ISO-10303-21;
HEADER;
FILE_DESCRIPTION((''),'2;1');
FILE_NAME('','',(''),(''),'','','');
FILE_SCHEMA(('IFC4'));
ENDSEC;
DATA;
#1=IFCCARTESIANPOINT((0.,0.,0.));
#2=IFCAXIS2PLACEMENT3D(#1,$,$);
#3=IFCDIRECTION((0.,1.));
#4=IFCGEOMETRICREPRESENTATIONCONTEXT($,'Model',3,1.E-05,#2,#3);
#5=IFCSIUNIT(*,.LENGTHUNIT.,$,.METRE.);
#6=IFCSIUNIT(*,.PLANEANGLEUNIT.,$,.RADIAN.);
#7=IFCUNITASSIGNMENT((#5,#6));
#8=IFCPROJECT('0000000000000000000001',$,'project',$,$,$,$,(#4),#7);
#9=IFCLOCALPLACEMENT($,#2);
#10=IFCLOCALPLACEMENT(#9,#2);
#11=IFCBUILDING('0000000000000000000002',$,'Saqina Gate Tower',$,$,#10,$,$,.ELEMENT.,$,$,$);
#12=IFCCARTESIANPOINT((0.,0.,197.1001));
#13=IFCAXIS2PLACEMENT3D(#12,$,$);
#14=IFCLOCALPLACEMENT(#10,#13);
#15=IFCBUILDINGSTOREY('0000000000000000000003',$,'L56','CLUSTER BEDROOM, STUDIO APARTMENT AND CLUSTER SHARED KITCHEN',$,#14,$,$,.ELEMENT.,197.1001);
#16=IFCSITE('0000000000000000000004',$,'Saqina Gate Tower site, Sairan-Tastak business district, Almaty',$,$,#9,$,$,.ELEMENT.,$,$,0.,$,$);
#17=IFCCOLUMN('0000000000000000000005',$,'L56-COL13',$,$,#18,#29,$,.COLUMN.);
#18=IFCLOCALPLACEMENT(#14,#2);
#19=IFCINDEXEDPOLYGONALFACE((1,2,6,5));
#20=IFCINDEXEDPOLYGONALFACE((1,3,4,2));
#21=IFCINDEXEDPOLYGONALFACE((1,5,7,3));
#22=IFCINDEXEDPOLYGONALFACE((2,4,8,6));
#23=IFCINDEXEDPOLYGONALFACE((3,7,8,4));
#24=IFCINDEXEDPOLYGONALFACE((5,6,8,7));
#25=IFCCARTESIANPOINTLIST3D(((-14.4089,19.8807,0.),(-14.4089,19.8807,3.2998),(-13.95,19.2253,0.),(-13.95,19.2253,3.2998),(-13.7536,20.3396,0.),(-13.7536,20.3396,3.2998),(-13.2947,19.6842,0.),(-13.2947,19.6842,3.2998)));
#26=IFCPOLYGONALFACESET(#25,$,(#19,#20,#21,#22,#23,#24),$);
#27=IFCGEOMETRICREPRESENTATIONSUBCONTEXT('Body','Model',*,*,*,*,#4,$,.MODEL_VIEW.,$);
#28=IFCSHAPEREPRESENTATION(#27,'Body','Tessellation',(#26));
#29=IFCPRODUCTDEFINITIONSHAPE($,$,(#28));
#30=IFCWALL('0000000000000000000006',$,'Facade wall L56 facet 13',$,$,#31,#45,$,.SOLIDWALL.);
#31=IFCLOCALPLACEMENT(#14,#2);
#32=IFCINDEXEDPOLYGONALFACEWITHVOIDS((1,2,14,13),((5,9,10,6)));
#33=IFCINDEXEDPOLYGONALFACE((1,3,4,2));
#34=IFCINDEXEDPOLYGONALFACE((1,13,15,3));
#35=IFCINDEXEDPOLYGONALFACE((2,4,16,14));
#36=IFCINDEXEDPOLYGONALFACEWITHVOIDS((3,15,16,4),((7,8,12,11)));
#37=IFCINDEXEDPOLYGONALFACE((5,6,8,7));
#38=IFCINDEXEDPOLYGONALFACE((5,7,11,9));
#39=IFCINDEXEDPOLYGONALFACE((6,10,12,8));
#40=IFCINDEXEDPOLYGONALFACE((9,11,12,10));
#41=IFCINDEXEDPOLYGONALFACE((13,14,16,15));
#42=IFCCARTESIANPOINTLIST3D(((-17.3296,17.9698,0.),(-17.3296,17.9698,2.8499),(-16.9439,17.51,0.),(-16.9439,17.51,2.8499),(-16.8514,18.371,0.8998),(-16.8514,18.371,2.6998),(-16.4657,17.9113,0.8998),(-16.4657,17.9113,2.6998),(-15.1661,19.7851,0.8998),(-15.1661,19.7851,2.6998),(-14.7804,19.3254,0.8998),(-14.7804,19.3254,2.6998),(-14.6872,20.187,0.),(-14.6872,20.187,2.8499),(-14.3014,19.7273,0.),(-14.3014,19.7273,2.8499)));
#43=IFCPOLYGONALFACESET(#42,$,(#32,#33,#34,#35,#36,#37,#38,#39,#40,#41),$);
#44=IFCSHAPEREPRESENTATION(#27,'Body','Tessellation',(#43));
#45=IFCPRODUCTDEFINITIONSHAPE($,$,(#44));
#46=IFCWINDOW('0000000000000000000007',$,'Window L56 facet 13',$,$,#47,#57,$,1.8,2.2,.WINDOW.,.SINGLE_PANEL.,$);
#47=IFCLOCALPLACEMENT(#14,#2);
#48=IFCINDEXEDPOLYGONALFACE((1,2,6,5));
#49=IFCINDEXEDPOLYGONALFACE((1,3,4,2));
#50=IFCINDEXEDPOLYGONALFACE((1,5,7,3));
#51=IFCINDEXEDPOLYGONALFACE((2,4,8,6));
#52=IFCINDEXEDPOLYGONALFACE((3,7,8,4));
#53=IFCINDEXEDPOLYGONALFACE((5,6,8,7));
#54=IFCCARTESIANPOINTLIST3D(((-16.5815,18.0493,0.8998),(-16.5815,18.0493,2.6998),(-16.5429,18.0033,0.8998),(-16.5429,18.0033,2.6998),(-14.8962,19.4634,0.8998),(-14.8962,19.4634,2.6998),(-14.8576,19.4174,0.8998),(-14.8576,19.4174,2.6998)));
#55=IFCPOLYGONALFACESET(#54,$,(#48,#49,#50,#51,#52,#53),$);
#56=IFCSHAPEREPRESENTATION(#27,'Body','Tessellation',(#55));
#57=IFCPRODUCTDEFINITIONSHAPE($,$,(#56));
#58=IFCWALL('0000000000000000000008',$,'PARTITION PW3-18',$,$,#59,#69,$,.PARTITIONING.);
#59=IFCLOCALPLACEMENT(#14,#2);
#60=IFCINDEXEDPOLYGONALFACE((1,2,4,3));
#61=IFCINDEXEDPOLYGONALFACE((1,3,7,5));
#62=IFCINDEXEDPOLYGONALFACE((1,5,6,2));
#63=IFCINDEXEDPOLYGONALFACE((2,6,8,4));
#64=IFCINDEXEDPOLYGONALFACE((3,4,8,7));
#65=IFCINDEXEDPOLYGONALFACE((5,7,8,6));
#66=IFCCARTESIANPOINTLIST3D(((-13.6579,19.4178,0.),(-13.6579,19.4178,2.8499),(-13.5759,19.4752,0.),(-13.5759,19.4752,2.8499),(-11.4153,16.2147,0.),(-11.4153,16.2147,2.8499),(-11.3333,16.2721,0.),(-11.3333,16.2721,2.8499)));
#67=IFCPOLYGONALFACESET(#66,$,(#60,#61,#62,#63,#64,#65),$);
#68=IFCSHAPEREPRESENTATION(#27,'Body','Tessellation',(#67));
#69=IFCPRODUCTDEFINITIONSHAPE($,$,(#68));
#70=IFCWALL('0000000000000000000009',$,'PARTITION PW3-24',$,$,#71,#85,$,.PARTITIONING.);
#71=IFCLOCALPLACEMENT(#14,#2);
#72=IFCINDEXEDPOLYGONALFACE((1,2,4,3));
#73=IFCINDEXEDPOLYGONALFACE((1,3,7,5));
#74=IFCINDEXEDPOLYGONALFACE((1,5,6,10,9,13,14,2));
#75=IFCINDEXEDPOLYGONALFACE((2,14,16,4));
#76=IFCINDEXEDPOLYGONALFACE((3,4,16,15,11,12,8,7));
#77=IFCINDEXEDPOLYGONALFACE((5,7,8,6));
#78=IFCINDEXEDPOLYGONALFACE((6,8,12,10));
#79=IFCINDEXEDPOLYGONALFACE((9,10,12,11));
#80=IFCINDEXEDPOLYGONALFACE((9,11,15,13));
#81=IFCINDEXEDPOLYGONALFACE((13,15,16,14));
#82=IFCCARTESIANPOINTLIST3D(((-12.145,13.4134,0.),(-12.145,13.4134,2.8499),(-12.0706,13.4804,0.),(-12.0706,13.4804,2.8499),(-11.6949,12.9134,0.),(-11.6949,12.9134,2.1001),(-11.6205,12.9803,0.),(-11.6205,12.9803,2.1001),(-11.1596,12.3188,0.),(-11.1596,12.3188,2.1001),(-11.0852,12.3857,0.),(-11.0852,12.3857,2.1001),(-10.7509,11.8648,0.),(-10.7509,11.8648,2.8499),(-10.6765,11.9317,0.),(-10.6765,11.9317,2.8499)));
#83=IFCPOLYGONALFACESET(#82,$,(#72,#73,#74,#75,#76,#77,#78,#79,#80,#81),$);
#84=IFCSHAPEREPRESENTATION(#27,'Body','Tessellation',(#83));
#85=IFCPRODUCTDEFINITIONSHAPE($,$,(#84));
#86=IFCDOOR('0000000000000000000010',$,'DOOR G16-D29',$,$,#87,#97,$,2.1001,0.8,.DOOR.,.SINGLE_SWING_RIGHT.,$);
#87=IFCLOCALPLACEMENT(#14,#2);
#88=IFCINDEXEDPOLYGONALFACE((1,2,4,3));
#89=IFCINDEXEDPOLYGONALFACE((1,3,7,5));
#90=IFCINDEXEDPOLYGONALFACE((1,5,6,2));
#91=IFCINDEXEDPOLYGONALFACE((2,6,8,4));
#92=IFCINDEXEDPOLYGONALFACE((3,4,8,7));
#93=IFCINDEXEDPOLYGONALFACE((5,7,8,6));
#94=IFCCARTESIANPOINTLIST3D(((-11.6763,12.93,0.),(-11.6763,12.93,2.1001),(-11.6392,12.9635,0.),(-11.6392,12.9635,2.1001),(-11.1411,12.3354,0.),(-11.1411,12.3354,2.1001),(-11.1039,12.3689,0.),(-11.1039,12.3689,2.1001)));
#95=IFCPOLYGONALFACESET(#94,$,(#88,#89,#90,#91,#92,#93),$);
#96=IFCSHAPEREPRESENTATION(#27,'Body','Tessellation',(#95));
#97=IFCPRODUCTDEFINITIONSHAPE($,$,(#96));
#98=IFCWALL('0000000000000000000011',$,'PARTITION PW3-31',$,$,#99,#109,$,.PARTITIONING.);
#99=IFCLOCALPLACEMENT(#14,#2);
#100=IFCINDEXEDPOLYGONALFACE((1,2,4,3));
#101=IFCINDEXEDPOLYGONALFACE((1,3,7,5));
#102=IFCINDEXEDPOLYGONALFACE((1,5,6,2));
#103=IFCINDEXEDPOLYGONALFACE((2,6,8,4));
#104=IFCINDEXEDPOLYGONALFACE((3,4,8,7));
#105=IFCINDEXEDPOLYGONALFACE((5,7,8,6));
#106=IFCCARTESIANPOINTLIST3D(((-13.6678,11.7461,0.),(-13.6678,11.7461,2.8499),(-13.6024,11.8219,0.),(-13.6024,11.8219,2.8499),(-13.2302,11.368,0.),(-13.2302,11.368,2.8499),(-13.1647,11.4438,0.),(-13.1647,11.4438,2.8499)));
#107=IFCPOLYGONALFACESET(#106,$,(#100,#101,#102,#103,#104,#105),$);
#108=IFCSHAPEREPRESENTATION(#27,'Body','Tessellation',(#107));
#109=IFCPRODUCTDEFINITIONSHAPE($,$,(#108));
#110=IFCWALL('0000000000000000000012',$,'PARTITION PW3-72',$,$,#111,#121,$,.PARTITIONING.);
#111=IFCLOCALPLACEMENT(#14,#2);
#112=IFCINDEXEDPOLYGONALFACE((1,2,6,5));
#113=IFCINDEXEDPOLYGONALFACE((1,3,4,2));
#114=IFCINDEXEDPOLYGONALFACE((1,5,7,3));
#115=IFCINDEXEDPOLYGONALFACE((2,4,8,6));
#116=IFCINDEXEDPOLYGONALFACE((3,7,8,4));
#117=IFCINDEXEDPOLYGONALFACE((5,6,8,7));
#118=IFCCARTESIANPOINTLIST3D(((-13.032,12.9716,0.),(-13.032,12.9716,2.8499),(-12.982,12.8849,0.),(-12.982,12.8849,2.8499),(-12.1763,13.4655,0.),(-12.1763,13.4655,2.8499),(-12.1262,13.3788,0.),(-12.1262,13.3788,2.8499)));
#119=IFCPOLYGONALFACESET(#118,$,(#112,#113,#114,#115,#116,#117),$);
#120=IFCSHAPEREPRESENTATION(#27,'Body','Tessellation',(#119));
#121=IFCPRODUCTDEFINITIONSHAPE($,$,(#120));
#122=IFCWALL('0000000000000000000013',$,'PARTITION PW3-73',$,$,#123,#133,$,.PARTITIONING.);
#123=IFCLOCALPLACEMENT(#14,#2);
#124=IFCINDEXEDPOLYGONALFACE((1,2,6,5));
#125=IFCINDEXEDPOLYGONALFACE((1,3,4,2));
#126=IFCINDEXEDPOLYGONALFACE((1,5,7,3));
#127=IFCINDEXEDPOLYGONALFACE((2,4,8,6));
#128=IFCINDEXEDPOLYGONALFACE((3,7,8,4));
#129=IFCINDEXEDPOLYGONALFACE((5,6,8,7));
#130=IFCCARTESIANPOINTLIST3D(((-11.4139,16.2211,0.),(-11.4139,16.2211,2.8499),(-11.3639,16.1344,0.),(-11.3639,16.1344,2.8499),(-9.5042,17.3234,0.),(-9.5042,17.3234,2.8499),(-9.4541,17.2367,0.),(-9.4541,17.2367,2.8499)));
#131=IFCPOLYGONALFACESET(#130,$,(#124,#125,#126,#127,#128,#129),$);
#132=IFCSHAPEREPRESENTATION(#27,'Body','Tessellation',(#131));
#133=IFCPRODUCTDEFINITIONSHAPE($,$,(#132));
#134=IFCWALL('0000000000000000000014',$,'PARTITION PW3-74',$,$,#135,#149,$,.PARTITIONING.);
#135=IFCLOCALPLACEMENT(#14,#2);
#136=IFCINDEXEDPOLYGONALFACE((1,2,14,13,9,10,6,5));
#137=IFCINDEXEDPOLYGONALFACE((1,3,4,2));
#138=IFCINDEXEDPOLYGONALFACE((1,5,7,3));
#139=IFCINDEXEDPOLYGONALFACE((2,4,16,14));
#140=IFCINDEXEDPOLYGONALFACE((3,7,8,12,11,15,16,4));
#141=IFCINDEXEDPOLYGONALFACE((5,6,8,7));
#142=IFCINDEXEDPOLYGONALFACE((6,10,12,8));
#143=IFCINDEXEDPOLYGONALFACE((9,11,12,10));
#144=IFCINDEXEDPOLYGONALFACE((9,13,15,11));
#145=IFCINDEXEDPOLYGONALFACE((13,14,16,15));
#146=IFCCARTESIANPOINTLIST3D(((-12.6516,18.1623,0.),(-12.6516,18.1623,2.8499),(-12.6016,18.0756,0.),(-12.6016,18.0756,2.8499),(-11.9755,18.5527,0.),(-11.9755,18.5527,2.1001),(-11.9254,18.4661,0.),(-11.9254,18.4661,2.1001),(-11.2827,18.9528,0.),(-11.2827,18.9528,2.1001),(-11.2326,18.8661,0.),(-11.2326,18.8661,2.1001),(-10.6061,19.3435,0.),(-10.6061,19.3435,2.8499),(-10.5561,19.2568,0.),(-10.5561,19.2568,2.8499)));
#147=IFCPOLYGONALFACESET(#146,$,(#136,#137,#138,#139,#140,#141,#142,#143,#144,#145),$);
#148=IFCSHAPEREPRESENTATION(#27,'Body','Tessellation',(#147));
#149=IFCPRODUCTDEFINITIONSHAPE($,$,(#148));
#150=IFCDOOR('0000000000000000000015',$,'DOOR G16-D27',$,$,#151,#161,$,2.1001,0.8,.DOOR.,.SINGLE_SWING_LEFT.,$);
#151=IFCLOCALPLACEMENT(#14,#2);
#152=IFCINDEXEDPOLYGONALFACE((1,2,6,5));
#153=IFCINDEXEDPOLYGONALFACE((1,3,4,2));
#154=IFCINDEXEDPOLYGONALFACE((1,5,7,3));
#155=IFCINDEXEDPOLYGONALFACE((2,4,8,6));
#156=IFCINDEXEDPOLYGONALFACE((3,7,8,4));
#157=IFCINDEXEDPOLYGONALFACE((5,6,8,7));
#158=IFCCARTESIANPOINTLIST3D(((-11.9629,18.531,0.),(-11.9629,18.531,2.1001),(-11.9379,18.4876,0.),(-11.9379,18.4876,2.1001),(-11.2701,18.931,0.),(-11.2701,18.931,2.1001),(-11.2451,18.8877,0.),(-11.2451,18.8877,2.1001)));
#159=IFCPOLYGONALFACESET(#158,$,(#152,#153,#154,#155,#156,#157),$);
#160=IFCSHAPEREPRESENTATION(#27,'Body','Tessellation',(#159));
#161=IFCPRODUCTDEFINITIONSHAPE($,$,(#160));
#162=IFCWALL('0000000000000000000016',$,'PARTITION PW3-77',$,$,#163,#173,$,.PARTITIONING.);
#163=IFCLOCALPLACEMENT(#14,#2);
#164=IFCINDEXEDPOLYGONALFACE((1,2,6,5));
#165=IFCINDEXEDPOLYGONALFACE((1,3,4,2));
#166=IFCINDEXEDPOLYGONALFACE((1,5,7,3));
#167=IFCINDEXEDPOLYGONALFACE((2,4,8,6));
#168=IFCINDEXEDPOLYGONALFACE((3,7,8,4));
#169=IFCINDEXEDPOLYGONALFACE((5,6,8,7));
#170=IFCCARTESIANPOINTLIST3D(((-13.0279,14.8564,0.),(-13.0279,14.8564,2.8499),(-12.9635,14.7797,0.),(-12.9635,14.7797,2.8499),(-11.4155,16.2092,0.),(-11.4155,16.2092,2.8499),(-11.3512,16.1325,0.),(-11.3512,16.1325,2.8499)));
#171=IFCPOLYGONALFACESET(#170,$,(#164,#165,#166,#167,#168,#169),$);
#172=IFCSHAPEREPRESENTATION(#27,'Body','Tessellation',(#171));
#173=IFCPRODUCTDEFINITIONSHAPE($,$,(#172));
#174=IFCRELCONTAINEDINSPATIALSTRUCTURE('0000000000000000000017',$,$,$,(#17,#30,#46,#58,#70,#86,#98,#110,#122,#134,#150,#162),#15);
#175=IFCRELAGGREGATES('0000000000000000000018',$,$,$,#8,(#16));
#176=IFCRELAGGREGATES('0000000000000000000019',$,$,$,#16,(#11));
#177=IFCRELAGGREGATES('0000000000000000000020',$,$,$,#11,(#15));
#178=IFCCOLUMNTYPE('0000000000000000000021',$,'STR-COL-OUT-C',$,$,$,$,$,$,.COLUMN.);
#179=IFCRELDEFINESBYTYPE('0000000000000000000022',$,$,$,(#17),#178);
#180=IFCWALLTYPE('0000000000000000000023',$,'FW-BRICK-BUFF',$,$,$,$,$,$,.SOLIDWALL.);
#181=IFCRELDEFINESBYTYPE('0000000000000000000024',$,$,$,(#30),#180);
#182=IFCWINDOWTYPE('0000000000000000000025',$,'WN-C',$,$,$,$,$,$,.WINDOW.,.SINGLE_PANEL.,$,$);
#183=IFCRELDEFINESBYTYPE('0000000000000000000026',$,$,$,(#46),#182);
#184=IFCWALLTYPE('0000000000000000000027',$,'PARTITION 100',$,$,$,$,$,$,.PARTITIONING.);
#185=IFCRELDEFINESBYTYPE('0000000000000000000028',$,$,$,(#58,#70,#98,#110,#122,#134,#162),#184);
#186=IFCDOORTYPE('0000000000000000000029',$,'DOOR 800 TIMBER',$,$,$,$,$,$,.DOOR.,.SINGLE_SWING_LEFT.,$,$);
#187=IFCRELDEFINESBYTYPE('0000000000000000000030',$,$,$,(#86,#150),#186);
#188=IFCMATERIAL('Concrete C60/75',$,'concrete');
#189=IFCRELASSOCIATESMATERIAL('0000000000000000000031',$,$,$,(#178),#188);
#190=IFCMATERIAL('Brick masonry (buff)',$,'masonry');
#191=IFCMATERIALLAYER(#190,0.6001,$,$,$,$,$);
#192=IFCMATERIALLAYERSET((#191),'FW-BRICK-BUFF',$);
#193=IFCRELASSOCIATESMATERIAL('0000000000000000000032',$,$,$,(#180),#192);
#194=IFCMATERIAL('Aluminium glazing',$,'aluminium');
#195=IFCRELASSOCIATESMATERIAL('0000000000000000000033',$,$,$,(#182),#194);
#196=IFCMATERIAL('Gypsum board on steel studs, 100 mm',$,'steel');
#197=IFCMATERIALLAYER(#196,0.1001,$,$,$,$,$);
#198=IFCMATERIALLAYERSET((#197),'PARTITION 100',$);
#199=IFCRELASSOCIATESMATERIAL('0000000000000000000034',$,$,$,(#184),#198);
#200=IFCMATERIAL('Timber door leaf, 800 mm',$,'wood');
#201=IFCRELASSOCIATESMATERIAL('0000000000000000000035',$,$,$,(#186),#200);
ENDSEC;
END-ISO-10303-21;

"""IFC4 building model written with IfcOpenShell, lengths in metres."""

from ifc_helpers import new_model, si_unit, direction, frame, frame_2d, origin, origin_2d, place, context, subcontext, project, spatial, rectangle, extrude, material, layer, layer_set, material_profile, profile_set, type_object, element, fill, save


model = new_model("IFC4")

# Units and contexts
model_context = context("Model", 3, precision=1e-05, world=origin(), true_north=direction((0.0, 1.0)))
body_context = subcontext(model_context, "Body", "Model", "MODEL_VIEW")
ifc_project = project(units=[si_unit("LENGTHUNIT", "METRE"), si_unit("PLANEANGLEUNIT", "RADIAN")], contexts=[model_context])

# Site, building, storey
site_placement = place(None, origin())
site = spatial("IfcSite", under=ifc_project, at=site_placement, Name="Saqina Gate Tower site, Sairan-Tastak business district, Almaty", CompositionType="ELEMENT", RefElevation=0.0)
building_placement = place(site_placement, origin())
building = spatial("IfcBuilding", under=site, at=building_placement, Name="Saqina Gate Tower", CompositionType="ELEMENT")
storey_placement = place(building_placement, frame((0.0, 0.0, 197.1001)))
storey = spatial("IfcBuildingStorey", under=building, at=storey_placement, Name="L56", Description="CLUSTER BEDROOM, STUDIO APARTMENT AND CLUSTER SHARED KITCHEN", CompositionType="ELEMENT", Elevation=197.1001)

# Column
ifc_material_1 = material(Name="Concrete C60/75", Category="concrete")
ifc_material_profile = material_profile(ifc_material_1, rectangle(XDim=0.8, YDim=0.8, at=origin_2d()), Name="RC 800x800")
ifc_profile_set = profile_set([ifc_material_profile], Name="Concrete C60/75")
column_type = type_object("IfcColumnType", Name="STR-COL-OUT-C", PredefinedType="COLUMN", material=ifc_profile_set)
column_placement = place(storey_placement, frame((-13.8518, 19.7825, 0.0), z_axis=(0.0, 0.0, 1.0), x_axis=(-0.573576, 0.819152, 0.0)))
element("IfcColumn", 1, at=column_placement, inside=storey, type_object=column_type, Name="L56-COL13", PredefinedType="COLUMN", context=body_context, shape_type="SweptSolid", body=[
    extrude(rectangle(XDim=0.8, YDim=0.8, at=origin_2d()), origin(), (0.0, 0.0, 1.0), 3.2998),
])

# Wall, opening, window
ifc_material_2 = material(Name="Brick masonry (buff)", Category="masonry")
ifc_layer_1 = layer(ifc_material_2, 0.6001)
ifc_layer_set_1 = layer_set([ifc_layer_1], Name="FW-BRICK-BUFF")
wall_type_1 = type_object("IfcWallType", Name="FW-BRICK-BUFF", PredefinedType="SOLIDWALL", material=ifc_layer_set_1)
wall_1_placement = place(storey_placement, frame((-14.4944, 19.957, 0.0), z_axis=(0.0, 0.0, 1.0), x_axis=(-0.766059, -0.64277, 0.0)))
wall_1 = element("IfcWall", 2, at=wall_1_placement, inside=storey, type_object=wall_type_1, Name="Facade wall L56 facet 13", PredefinedType="SOLIDWALL", context=body_context, shape_type="SweptSolid", body=[
    extrude(rectangle(XDim=3.4495, YDim=0.6001, at=frame_2d((1.7246, 0.0))), origin(), (0.0, 0.0, 1.0), 2.8499),
])
opening_1_placement = place(wall_1_placement, frame((0.625, 0.0, 0.8999)))
opening_1 = element("IfcOpeningElement", 3, at=opening_1_placement, cuts=wall_1, PredefinedType="OPENING", context=body_context, shape_type="SweptSolid", body=[
    extrude(rectangle(XDim=2.2, YDim=1.8, at=frame_2d((1.1001, 0.8999))), frame((0.0, 0.312, 0.0), z_axis=(0.0, -1.0, 0.0), x_axis=(1.0, 0.0, 0.0)), (0.0, 0.0, 1.0), 0.624),
])
ifc_material_3 = material(Name="Aluminium glazing", Category="aluminium")
window_type = type_object("IfcWindowType", Name="WN-C", PartitioningType="SINGLE_PANEL", PredefinedType="WINDOW", material=ifc_material_3)
window_placement = place(opening_1_placement, origin())
window = element("IfcWindow", 4, at=window_placement, inside=storey, type_object=window_type, Name="Window L56 facet 13", OverallHeight=1.8, OverallWidth=2.2, PartitioningType="SINGLE_PANEL", PredefinedType="WINDOW", context=body_context, shape_type="SweptSolid", body=[
    extrude(rectangle(XDim=2.2, YDim=1.8, at=frame_2d((1.1001, 0.8999))), frame((0.0, 0.1799, 0.0), z_axis=(0.0, -1.0, 0.0), x_axis=(1.0, 0.0, 0.0)), (0.0, 0.0, 1.0), 0.0601),
])
fill(opening_1, window)

# Wall
ifc_material_4 = material(Name="Gypsum board on steel studs, 100 mm", Category="steel")
ifc_layer_2 = layer(ifc_material_4, 0.1001)
ifc_layer_set_2 = layer_set([ifc_layer_2], Name="PARTITION 100")
wall_type_2 = type_object("IfcWallType", Name="PARTITION 100", PredefinedType="PARTITIONING", material=ifc_layer_set_2)
wall_2_placement = place(storey_placement, frame((-13.6169, 19.4465, 0.0), z_axis=(0.0, 0.0, 1.0), x_axis=(0.573546, -0.819173, 0.0)))
element("IfcWall", 5, at=wall_2_placement, inside=storey, type_object=wall_type_2, Name="PARTITION PW3-18", PredefinedType="PARTITIONING", context=body_context, shape_type="SweptSolid", body=[
    extrude(rectangle(XDim=3.9102, YDim=0.1001, at=frame_2d((1.9551, 0.0))), origin(), (0.0, 0.0, 1.0), 2.8499),
])

# Wall, opening, door
wall_3_placement = place(storey_placement, frame((-12.1079, 13.447, 0.0), z_axis=(0.0, 0.0, 1.0), x_axis=(0.669049, -0.743218, 0.0)))
wall_3 = element("IfcWall", 6, at=wall_3_placement, inside=storey, type_object=wall_type_2, Name="PARTITION PW3-24", PredefinedType="PARTITIONING", context=body_context, shape_type="SweptSolid", body=[
    extrude(rectangle(XDim=2.0837, YDim=0.1001, at=frame_2d((1.042, 0.0))), origin(), (0.0, 0.0, 1.0), 2.8499),
])
opening_2_placement = place(wall_3_placement, frame((0.6731, 0.0, 0.0)))
opening_2 = element("IfcOpeningElement", 7, at=opening_2_placement, cuts=wall_3, PredefinedType="OPENING", context=body_context, shape_type="SweptSolid", body=[
    extrude(rectangle(XDim=0.8, YDim=2.1001, at=frame_2d((0.3999, 1.05))), frame((0.0, 0.062, 0.0), z_axis=(0.0, -1.0, 0.0), x_axis=(1.0, 0.0, 0.0)), (0.0, 0.0, 1.0), 0.124),
])
ifc_material_5 = material(Name="Timber door leaf, 800 mm", Category="wood")
door_type_1 = type_object("IfcDoorType", Name="DOOR 800 TIMBER", OperationType="SINGLE_SWING_LEFT", PredefinedType="DOOR", material=ifc_material_5)
door_1_placement = place(opening_2_placement, origin())
door_1 = element("IfcDoor", 8, at=door_1_placement, inside=storey, type_object=door_type_1, Name="DOOR G16-D29", OperationType="SINGLE_SWING_RIGHT", OverallHeight=2.1001, OverallWidth=0.8, PredefinedType="DOOR", context=body_context, shape_type="SweptSolid", body=[
    extrude(rectangle(XDim=0.8, YDim=2.1001, at=frame_2d((0.3999, 1.05))), frame((0.0, 0.0249, 0.0), z_axis=(0.0, -1.0, 0.0), x_axis=(1.0, 0.0, 0.0)), (0.0, 0.0, 1.0), 0.05),
])
fill(opening_2, door_1)

# Walls
wall_4_placement = place(storey_placement, frame((-13.635, 11.7839, 0.0), z_axis=(0.0, 0.0, 1.0), x_axis=(0.756719, -0.653741, 0.0)))
element("IfcWall", 9, at=wall_4_placement, inside=storey, type_object=wall_type_2, Name="PARTITION PW3-31", PredefinedType="PARTITIONING", context=body_context, shape_type="SweptSolid", body=[
    extrude(rectangle(XDim=0.5784, YDim=0.1001, at=frame_2d((0.2891, 0.0))), origin(), (0.0, 0.0, 1.0), 2.8499),
])
wall_5_placement = place(storey_placement, frame((-13.0071, 12.9282, 0.0), z_axis=(0.0, 0.0, 1.0), x_axis=(0.866091, 0.499886, 0.0)))
element("IfcWall", 10, at=wall_5_placement, inside=storey, type_object=wall_type_2, Name="PARTITION PW3-72", PredefinedType="PARTITIONING", context=body_context, shape_type="SweptSolid", body=[
    extrude(rectangle(XDim=0.988, YDim=0.1001, at=frame_2d((0.4941, 0.0))), origin(), (0.0, 0.0, 1.0), 2.8499),
])
wall_6_placement = place(storey_placement, frame((-11.3889, 16.1777, 0.0), z_axis=(0.0, 0.0, 1.0), x_axis=(0.866075, 0.499914, 0.0)))
element("IfcWall", 11, at=wall_6_placement, inside=storey, type_object=wall_type_2, Name="PARTITION PW3-73", PredefinedType="PARTITIONING", context=body_context, shape_type="SweptSolid", body=[
    extrude(rectangle(XDim=2.2051, YDim=0.1001, at=frame_2d((1.1025, 0.0))), origin(), (0.0, 0.0, 1.0), 2.8499),
])

# Wall, opening, door
wall_7_placement = place(storey_placement, frame((-12.6267, 18.1189, 0.0), z_axis=(0.0, 0.0, 1.0), x_axis=(0.865982, 0.500074, 0.0)))
wall_7 = element("IfcWall", 12, at=wall_7_placement, inside=storey, type_object=wall_type_2, Name="PARTITION PW3-74", PredefinedType="PARTITIONING", context=body_context, shape_type="SweptSolid", body=[
    extrude(rectangle(XDim=2.3621, YDim=0.1001, at=frame_2d((1.1812, 0.0))), origin(), (0.0, 0.0, 1.0), 2.8499),
])
opening_3_placement = place(wall_7_placement, frame((0.781, 0.0, 0.0)))
opening_3 = element("IfcOpeningElement", 13, at=opening_3_placement, cuts=wall_7, PredefinedType="OPENING", context=body_context, shape_type="SweptSolid", body=[
    extrude(rectangle(XDim=0.8, YDim=2.1001, at=frame_2d((0.3999, 1.05))), frame((0.0, 0.062, 0.0), z_axis=(0.0, -1.0, 0.0), x_axis=(1.0, 0.0, 0.0)), (0.0, 0.0, 1.0), 0.124),
])
door_2_placement = place(opening_3_placement, origin())
door_2 = element("IfcDoor", 14, at=door_2_placement, inside=storey, type_object=door_type_1, Name="DOOR G16-D27", OperationType="SINGLE_SWING_LEFT", OverallHeight=2.1001, OverallWidth=0.8, PredefinedType="DOOR", context=body_context, shape_type="SweptSolid", body=[
    extrude(rectangle(XDim=0.8, YDim=2.1001, at=frame_2d((0.3999, 1.05))), frame((0.0, 0.0249, 0.0), z_axis=(0.0, -1.0, 0.0), x_axis=(1.0, 0.0, 0.0)), (0.0, 0.0, 1.0), 0.05),
])
fill(opening_3, door_2)

# Wall
wall_8_placement = place(storey_placement, frame((-12.9956, 14.8181, 0.0), z_axis=(0.0, 0.0, 1.0), x_axis=(0.766068, 0.642759, 0.0)))
element("IfcWall", 15, at=wall_8_placement, inside=storey, type_object=wall_type_2, Name="PARTITION PW3-77", PredefinedType="PARTITIONING", context=body_context, shape_type="SweptSolid", body=[
    extrude(rectangle(XDim=2.1047, YDim=0.1001, at=frame_2d((1.0522, 0.0))), origin(), (0.0, 0.0, 1.0), 2.8499),
])

save(model, "model.ifc")
